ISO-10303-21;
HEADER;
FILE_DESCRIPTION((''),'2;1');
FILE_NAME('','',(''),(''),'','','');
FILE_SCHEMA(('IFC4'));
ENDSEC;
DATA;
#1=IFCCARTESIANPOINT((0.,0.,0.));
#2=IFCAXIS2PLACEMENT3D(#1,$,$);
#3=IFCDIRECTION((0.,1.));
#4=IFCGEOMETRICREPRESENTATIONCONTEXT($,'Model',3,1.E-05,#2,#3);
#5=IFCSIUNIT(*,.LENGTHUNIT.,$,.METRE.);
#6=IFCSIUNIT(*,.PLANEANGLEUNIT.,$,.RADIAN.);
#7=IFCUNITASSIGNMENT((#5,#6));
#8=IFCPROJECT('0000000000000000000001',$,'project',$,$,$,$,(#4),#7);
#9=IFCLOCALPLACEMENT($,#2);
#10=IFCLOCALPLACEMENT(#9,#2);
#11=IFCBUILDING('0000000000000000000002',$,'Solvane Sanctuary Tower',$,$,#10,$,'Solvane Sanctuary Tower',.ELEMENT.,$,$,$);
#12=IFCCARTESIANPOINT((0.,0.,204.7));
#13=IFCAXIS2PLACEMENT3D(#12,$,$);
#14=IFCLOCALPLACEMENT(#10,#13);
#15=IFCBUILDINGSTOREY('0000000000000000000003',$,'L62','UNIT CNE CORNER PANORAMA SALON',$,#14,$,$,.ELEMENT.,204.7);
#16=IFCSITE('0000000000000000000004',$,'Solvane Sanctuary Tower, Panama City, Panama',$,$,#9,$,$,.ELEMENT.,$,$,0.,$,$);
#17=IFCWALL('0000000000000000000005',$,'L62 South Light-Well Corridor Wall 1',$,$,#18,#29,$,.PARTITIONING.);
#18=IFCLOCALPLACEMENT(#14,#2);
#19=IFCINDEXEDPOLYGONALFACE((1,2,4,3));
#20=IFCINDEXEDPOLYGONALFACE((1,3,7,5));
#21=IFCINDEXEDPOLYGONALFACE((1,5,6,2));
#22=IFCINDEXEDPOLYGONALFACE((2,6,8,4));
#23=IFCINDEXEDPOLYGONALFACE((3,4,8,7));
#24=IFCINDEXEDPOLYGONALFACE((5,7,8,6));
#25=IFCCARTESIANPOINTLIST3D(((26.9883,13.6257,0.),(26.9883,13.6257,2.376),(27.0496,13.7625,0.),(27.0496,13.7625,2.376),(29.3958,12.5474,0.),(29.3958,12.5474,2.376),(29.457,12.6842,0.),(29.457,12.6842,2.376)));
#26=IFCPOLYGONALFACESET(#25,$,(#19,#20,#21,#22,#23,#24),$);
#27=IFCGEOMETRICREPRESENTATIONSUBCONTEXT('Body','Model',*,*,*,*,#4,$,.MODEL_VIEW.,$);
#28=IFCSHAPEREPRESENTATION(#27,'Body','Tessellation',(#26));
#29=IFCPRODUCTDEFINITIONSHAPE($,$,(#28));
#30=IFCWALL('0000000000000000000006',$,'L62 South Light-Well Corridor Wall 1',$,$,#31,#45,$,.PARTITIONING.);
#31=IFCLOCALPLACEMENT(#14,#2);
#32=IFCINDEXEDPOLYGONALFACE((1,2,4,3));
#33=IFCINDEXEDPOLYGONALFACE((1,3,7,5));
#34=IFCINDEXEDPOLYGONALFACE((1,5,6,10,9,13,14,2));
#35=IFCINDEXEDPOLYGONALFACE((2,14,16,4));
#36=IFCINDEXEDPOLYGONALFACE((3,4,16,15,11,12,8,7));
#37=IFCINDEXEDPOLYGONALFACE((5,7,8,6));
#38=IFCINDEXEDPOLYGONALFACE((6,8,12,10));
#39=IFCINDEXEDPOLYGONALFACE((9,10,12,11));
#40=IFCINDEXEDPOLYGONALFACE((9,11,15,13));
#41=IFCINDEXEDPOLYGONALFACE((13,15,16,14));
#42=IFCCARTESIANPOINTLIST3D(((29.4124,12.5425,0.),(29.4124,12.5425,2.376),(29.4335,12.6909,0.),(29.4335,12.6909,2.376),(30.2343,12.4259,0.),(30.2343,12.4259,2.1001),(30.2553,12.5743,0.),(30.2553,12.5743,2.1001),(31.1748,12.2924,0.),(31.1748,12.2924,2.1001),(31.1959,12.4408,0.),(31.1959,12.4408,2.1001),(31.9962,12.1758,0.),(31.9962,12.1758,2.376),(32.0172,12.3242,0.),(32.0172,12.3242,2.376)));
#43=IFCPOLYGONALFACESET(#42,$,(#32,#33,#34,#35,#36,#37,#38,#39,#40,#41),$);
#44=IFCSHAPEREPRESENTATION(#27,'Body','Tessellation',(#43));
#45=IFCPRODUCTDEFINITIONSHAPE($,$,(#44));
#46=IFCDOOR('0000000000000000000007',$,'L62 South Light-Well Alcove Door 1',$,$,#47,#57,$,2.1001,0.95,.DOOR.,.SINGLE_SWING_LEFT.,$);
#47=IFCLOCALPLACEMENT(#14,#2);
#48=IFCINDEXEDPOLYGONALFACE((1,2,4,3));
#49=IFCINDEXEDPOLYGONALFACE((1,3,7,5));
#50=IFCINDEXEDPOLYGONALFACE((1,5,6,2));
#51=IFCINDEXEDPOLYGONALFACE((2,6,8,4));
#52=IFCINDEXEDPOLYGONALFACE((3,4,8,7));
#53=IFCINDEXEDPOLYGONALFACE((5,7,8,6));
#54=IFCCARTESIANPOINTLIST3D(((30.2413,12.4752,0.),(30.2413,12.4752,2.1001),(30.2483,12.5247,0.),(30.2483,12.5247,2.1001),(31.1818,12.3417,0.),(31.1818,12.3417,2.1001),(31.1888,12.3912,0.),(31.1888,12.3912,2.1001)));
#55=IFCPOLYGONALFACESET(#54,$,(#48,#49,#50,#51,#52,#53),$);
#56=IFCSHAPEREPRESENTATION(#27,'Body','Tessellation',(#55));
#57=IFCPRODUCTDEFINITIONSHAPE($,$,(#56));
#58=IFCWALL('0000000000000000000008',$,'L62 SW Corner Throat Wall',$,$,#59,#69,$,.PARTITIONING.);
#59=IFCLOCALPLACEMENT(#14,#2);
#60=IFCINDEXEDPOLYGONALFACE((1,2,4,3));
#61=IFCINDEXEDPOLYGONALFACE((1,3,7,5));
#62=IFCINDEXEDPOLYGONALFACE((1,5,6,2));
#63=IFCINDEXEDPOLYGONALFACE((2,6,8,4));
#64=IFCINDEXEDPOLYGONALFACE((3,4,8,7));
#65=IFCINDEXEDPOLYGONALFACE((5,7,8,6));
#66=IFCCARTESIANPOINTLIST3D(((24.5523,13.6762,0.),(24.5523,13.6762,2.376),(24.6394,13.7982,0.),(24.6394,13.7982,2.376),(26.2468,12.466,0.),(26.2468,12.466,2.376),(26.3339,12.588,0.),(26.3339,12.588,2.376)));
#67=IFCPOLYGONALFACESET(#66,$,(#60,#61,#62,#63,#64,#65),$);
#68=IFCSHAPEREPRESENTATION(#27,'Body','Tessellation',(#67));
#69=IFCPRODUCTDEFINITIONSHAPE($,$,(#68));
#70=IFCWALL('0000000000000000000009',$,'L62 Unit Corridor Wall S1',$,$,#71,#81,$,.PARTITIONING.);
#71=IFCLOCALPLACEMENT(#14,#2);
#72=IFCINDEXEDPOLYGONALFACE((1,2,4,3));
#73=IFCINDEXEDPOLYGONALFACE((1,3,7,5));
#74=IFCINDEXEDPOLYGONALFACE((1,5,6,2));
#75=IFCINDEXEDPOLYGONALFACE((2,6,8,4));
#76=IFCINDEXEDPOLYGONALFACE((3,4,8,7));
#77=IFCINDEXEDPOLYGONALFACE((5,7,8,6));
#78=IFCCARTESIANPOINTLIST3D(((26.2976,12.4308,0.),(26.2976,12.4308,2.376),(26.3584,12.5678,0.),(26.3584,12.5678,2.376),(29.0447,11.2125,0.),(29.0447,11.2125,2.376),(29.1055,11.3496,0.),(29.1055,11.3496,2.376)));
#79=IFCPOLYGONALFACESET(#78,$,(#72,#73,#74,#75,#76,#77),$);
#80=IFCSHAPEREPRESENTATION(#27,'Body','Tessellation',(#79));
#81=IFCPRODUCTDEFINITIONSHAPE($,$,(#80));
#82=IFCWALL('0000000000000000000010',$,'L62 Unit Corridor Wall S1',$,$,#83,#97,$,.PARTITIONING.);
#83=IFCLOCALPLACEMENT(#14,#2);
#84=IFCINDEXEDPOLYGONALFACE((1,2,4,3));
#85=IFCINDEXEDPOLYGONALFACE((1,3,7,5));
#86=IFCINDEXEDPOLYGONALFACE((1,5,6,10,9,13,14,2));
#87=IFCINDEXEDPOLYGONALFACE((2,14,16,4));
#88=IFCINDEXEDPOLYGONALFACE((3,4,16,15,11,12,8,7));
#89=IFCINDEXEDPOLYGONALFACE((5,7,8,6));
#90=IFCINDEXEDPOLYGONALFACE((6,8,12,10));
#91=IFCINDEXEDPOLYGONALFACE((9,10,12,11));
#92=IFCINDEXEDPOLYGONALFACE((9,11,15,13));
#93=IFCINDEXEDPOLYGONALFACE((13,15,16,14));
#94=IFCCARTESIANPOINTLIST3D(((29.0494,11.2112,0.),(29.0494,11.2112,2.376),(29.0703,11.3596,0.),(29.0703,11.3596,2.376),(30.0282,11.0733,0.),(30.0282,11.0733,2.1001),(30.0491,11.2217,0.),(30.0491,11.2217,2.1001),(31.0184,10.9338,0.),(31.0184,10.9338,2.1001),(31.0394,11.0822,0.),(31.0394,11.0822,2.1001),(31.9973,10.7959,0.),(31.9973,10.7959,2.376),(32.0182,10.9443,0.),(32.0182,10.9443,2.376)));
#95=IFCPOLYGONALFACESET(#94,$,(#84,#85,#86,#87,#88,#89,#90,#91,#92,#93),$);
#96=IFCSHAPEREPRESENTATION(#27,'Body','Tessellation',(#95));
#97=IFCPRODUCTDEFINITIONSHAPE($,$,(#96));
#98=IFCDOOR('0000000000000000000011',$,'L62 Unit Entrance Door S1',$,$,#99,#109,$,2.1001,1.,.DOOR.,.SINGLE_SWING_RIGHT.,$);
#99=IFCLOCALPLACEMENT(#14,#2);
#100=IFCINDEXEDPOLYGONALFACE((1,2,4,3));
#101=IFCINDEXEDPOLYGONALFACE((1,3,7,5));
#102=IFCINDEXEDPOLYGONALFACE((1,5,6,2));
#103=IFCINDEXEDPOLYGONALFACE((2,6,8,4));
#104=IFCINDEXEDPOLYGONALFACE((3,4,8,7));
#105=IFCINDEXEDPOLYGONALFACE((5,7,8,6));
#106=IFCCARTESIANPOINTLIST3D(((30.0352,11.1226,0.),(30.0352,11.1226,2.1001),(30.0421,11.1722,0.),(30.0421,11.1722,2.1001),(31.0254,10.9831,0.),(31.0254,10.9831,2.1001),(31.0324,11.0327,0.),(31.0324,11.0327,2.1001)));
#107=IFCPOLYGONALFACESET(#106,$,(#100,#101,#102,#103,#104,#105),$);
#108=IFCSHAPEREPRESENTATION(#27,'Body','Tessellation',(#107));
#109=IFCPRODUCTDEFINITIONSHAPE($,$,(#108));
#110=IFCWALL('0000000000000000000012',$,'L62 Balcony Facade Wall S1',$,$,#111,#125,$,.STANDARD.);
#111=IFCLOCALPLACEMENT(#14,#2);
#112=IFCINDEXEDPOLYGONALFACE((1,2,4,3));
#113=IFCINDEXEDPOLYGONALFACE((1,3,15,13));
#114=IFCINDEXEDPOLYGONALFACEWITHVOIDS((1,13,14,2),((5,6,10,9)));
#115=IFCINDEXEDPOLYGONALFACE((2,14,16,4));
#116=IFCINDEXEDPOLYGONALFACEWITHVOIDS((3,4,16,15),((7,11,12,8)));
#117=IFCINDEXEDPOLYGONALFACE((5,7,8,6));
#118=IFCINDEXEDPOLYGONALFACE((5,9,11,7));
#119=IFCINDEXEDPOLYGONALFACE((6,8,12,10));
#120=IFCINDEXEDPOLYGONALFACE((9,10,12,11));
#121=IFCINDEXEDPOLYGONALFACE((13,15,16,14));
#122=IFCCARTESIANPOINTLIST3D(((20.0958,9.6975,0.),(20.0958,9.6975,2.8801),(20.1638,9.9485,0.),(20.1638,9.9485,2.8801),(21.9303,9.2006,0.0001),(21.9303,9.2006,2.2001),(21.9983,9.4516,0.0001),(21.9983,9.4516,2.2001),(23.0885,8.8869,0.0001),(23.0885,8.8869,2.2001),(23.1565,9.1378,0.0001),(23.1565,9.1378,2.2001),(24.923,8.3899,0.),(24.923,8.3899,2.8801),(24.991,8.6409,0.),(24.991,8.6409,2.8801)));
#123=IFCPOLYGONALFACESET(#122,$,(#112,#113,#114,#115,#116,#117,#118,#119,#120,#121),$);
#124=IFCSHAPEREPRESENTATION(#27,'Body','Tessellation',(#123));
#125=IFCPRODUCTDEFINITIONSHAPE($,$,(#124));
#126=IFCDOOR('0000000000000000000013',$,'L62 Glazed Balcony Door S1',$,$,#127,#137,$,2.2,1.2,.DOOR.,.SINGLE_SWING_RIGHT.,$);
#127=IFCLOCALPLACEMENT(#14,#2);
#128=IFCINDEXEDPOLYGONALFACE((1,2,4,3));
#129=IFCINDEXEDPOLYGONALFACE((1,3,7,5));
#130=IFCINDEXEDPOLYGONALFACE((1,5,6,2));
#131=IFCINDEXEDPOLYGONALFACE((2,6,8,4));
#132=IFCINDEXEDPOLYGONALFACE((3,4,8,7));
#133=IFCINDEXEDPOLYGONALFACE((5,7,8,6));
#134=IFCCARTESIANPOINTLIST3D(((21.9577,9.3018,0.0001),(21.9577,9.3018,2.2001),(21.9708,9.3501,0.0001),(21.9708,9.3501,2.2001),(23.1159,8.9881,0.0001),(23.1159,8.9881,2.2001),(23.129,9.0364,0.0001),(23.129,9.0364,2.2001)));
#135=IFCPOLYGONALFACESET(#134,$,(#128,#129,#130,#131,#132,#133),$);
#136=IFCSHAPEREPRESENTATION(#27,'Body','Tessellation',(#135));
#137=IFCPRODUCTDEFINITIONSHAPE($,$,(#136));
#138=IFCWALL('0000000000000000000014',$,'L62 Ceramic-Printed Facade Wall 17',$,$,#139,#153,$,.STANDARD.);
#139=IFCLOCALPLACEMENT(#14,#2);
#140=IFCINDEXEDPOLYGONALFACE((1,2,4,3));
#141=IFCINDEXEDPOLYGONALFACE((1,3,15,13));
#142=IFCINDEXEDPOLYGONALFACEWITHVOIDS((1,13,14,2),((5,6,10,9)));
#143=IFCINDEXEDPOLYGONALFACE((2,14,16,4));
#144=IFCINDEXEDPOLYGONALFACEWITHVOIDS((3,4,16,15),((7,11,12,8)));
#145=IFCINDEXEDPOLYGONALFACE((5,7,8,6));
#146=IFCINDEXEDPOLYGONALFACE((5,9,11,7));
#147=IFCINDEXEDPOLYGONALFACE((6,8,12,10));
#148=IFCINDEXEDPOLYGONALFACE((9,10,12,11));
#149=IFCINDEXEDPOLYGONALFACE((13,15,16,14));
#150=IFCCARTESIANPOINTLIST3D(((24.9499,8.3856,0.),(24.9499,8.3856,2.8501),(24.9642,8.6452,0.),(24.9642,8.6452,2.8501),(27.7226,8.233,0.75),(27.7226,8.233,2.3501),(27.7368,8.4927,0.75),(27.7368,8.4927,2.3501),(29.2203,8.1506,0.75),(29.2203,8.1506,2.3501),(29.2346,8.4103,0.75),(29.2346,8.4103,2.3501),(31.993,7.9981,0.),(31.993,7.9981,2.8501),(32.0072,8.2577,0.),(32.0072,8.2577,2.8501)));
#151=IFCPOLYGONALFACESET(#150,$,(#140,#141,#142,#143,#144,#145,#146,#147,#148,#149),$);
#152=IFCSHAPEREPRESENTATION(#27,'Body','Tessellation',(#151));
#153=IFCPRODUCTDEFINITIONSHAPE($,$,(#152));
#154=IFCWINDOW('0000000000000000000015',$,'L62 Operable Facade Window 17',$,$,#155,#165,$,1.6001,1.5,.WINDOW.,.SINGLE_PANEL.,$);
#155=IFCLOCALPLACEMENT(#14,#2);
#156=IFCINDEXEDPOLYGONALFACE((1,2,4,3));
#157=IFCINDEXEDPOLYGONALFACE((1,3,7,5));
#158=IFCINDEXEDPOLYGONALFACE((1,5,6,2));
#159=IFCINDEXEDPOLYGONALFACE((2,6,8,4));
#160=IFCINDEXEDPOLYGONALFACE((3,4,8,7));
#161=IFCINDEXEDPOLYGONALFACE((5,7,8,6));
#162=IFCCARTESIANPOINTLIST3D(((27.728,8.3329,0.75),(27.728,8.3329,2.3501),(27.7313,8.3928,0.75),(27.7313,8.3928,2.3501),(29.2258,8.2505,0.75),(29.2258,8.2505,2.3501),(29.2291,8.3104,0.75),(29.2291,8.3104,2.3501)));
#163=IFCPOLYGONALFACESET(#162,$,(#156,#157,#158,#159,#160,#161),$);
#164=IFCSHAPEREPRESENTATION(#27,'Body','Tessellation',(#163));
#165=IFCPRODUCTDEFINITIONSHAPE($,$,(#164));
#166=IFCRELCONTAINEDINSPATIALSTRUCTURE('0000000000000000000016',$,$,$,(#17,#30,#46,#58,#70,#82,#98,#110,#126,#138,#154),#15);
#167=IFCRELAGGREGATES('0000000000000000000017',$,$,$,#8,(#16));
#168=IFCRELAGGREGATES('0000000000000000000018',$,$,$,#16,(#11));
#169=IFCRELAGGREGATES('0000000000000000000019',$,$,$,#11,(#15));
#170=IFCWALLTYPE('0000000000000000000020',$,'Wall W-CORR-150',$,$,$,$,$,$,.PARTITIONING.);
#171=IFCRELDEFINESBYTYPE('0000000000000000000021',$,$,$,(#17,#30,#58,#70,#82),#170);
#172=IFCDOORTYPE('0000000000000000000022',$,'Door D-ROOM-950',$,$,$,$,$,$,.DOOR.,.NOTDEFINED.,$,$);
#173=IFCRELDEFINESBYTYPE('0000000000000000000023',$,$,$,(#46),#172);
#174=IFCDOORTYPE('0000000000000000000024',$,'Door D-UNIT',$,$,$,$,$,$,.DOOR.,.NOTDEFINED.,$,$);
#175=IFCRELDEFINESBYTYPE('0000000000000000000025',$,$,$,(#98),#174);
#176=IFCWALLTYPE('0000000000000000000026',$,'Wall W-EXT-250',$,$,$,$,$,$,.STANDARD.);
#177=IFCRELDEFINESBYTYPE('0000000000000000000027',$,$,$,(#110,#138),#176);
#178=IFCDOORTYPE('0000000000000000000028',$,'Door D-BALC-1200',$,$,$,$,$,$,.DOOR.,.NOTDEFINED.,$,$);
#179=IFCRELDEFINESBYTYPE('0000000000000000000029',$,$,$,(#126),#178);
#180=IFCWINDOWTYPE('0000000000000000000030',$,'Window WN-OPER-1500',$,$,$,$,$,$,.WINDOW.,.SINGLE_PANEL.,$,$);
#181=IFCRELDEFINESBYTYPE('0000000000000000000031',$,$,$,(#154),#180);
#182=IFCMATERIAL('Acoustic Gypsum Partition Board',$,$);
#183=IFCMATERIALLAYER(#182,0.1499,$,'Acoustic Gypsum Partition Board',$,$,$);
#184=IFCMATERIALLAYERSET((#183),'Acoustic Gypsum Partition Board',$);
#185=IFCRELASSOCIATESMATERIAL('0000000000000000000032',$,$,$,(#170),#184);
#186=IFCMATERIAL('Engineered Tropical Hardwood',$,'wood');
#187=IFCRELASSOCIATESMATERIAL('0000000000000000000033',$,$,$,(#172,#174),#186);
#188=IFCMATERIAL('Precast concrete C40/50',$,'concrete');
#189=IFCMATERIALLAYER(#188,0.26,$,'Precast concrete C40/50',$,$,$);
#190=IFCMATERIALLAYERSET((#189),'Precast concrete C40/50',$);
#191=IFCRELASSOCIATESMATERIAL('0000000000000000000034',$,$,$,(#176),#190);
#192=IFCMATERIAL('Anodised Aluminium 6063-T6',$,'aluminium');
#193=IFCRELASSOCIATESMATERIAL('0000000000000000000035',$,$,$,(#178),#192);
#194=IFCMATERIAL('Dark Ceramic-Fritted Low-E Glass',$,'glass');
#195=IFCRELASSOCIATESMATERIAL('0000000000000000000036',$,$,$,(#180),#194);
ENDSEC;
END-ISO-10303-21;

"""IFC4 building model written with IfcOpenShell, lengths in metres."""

from ifc_helpers import new_model, si_unit, direction, frame, frame_2d, origin, place, context, subcontext, project, spatial, rectangle, extrude, material, layer, layer_set, type_object, element, fill, save


model = new_model("IFC4")

# Units and contexts
model_context = context("Model", 3, precision=1e-05, world=origin(), true_north=direction((0.0, 1.0)))
body_context = subcontext(model_context, "Body", "Model", "MODEL_VIEW")
ifc_project = project(units=[si_unit("LENGTHUNIT", "METRE"), si_unit("PLANEANGLEUNIT", "RADIAN")], contexts=[model_context])

# Site, building, storey
site_placement = place(None, origin())
site = spatial("IfcSite", under=ifc_project, at=site_placement, Name="Solvane Sanctuary Tower, Panama City, Panama", CompositionType="ELEMENT", RefElevation=0.0)
building_placement = place(site_placement, origin())
building = spatial("IfcBuilding", under=site, at=building_placement, Name="Solvane Sanctuary Tower", LongName="Solvane Sanctuary Tower", CompositionType="ELEMENT")
storey_placement = place(building_placement, frame((0.0, 0.0, 204.7)))
storey = spatial("IfcBuildingStorey", under=building, at=storey_placement, Name="L62", Description="UNIT CNE CORNER PANORAMA SALON", CompositionType="ELEMENT", Elevation=204.7)

# Wall
ifc_material_1 = material(Name="Acoustic Gypsum Partition Board")
ifc_layer_1 = layer(ifc_material_1, 0.1499, Name="Acoustic Gypsum Partition Board")
ifc_layer_set_1 = layer_set([ifc_layer_1], Name="Acoustic Gypsum Partition Board")
wall_type_1 = type_object("IfcWallType", Name="Wall W-CORR-150", PredefinedType="PARTITIONING", material=ifc_layer_set_1)
wall_1_placement = place(storey_placement, frame((27.019, 13.6941, 0.0), z_axis=(0.0, 0.0, 1.0), x_axis=(0.912628, -0.40879, 0.0)))
element("IfcWall", 1, at=wall_1_placement, inside=storey, type_object=wall_type_1, Name="L62 South Light-Well Corridor Wall 1", PredefinedType="PARTITIONING", context=body_context, shape_type="SweptSolid", body=[
    extrude(rectangle(XDim=2.6379, YDim=0.1499, at=frame_2d((1.3188, 0.0))), origin(), (0.0, 0.0, 1.0), 2.376),
])

# Wall, opening, door
wall_2_placement = place(storey_placement, frame((29.4231, 12.6167, 0.0), z_axis=(0.0, 0.0, 1.0), x_axis=(0.990078, -0.140518, 0.0)))
wall_2 = element("IfcWall", 2, at=wall_2_placement, inside=storey, type_object=wall_type_1, Name="L62 South Light-Well Corridor Wall 1", PredefinedType="PARTITIONING", context=body_context, shape_type="SweptSolid", body=[
    extrude(rectangle(XDim=2.6096, YDim=0.1499, at=frame_2d((1.3047, 0.0))), origin(), (0.0, 0.0, 1.0), 2.376),
])
opening_1_placement = place(wall_2_placement, frame((0.8298, 0.0, 0.0)))
opening_1 = element("IfcOpeningElement", 3, at=opening_1_placement, cuts=wall_2, PredefinedType="OPENING", context=body_context, shape_type="SweptSolid", body=[
    extrude(rectangle(XDim=0.95, YDim=2.1001, at=frame_2d((0.4751, 1.05))), frame((0.0, 0.085, 0.0), z_axis=(0.0, -1.0, 0.0), x_axis=(1.0, 0.0, 0.0)), (0.0, 0.0, 1.0), 0.1699),
])
ifc_material_2 = material(Name="Engineered Tropical Hardwood", Category="wood")
door_type_1 = type_object("IfcDoorType", Name="Door D-ROOM-950", OperationType="NOTDEFINED", PredefinedType="DOOR", material=ifc_material_2)
door_1_placement = place(opening_1_placement, origin())
door_1 = element("IfcDoor", 4, at=door_1_placement, inside=storey, type_object=door_type_1, Name="L62 South Light-Well Alcove Door 1", OperationType="SINGLE_SWING_LEFT", OverallHeight=2.1001, OverallWidth=0.95, PredefinedType="DOOR", context=body_context, shape_type="SweptSolid", body=[
    extrude(rectangle(XDim=0.95, YDim=2.1001, at=frame_2d((0.4751, 1.05))), frame((0.0, 0.0249, 0.0), z_axis=(0.0, -1.0, 0.0), x_axis=(1.0, 0.0, 0.0)), (0.0, 0.0, 1.0), 0.05),
])
fill(opening_1, door_1)

# Walls
wall_3_placement = place(storey_placement, frame((26.2903, 12.5271, 0.0), z_axis=(0.0, 0.0, 1.0), x_axis=(-0.813781, 0.581172, 0.0)))
element("IfcWall", 5, at=wall_3_placement, inside=storey, type_object=wall_type_1, Name="L62 SW Corner Throat Wall", PredefinedType="PARTITIONING", context=body_context, shape_type="SweptSolid", body=[
    extrude(rectangle(XDim=2.0823, YDim=0.1499, at=frame_2d((1.041, 0.0))), origin(), (0.0, 0.0, 1.0), 2.376),
])
wall_4_placement = place(storey_placement, frame((26.3281, 12.4993, 0.0), z_axis=(0.0, 0.0, 1.0), x_axis=(0.91414, -0.4054, 0.0)))
element("IfcWall", 6, at=wall_4_placement, inside=storey, type_object=wall_type_1, Name="L62 Unit Corridor Wall S1", PredefinedType="PARTITIONING", context=body_context, shape_type="SweptSolid", body=[
    extrude(rectangle(XDim=3.0051, YDim=0.1499, at=frame_2d((1.5024, 0.0))), origin(), (0.0, 0.0, 1.0), 2.376),
])

# Walls, openings, doors
wall_5_placement = place(storey_placement, frame((29.0598, 11.2854, 0.0), z_axis=(0.0, 0.0, 1.0), x_axis=(0.990223, -0.139492, 0.0)))
wall_5 = element("IfcWall", 7, at=wall_5_placement, inside=storey, type_object=wall_type_1, Name="L62 Unit Corridor Wall S1", PredefinedType="PARTITIONING", context=body_context, shape_type="SweptSolid", body=[
    extrude(rectangle(XDim=2.9771, YDim=0.1499, at=frame_2d((1.4885, 0.0))), origin(), (0.0, 0.0, 1.0), 2.376),
])
opening_2_placement = place(wall_5_placement, frame((0.9885, 0.0, 0.0)))
opening_2 = element("IfcOpeningElement", 8, at=opening_2_placement, cuts=wall_5, PredefinedType="OPENING", context=body_context, shape_type="SweptSolid", body=[
    extrude(rectangle(XDim=1.0, YDim=2.1001, at=frame_2d((0.5, 1.05))), frame((0.0, 0.085, 0.0), z_axis=(0.0, -1.0, 0.0), x_axis=(1.0, 0.0, 0.0)), (0.0, 0.0, 1.0), 0.1699),
])
door_type_2 = type_object("IfcDoorType", Name="Door D-UNIT", OperationType="NOTDEFINED", PredefinedType="DOOR", material=ifc_material_2)
door_2_placement = place(opening_2_placement, origin())
door_2 = element("IfcDoor", 9, at=door_2_placement, inside=storey, type_object=door_type_2, Name="L62 Unit Entrance Door S1", OperationType="SINGLE_SWING_RIGHT", OverallHeight=2.1001, OverallWidth=1.0, PredefinedType="DOOR", context=body_context, shape_type="SweptSolid", body=[
    extrude(rectangle(XDim=1.0, YDim=2.1001, at=frame_2d((0.5, 1.05))), frame((0.0, 0.0249, 0.0), z_axis=(0.0, -1.0, 0.0), x_axis=(1.0, 0.0, 0.0)), (0.0, 0.0, 1.0), 0.05),
])
fill(opening_2, door_2)
ifc_material_3 = material(Name="Precast concrete C40/50", Category="concrete")
ifc_layer_2 = layer(ifc_material_3, 0.26, Name="Precast concrete C40/50")
ifc_layer_set_2 = layer_set([ifc_layer_2], Name="Precast concrete C40/50")
wall_type_2 = type_object("IfcWallType", Name="Wall W-EXT-250", PredefinedType="STANDARD", material=ifc_layer_set_2)
wall_6_placement = place(storey_placement, frame((20.1299, 9.823, 0.0), z_axis=(0.0, 0.0, 1.0), x_axis=(0.965213, -0.261465, 0.0)))
wall_6 = element("IfcWall", 10, at=wall_6_placement, inside=storey, type_object=wall_type_2, Name="L62 Balcony Facade Wall S1", PredefinedType="STANDARD", context=body_context, shape_type="SweptSolid", body=[
    extrude(rectangle(XDim=5.0012, YDim=0.26, at=frame_2d((2.5005, 0.0))), origin(), (0.0, 0.0, 1.0), 2.8801),
])
opening_3_placement = place(wall_6_placement, frame((1.9004, 0.0, 0.0)))
opening_3 = element("IfcOpeningElement", 11, at=opening_3_placement, cuts=wall_6, PredefinedType="OPENING", context=body_context, shape_type="SweptSolid", body=[
    extrude(rectangle(XDim=1.2, YDim=2.2, at=frame_2d((0.6001, 1.1001))), frame((0.0, 0.1399, 0.0), z_axis=(0.0, -1.0, 0.0), x_axis=(1.0, 0.0, 0.0)), (0.0, 0.0, 1.0), 0.28),
])
ifc_material_4 = material(Name="Anodised Aluminium 6063-T6", Category="aluminium")
door_type_3 = type_object("IfcDoorType", Name="Door D-BALC-1200", OperationType="NOTDEFINED", PredefinedType="DOOR", material=ifc_material_4)
door_3_placement = place(opening_3_placement, origin())
door_3 = element("IfcDoor", 12, at=door_3_placement, inside=storey, type_object=door_type_3, Name="L62 Glazed Balcony Door S1", OperationType="SINGLE_SWING_RIGHT", OverallHeight=2.2, OverallWidth=1.2, PredefinedType="DOOR", context=body_context, shape_type="SweptSolid", body=[
    extrude(rectangle(XDim=1.2, YDim=2.2, at=frame_2d((0.6001, 1.1001))), frame((0.0, 0.0249, 0.0), z_axis=(0.0, -1.0, 0.0), x_axis=(1.0, 0.0, 0.0)), (0.0, 0.0, 1.0), 0.05),
])
fill(opening_3, door_3)

# Wall, opening, window
wall_7_placement = place(storey_placement, frame((24.957, 8.5154, 0.0), z_axis=(0.0, 0.0, 1.0), x_axis=(0.99849, -0.054929, 0.0)))
wall_7 = element("IfcWall", 13, at=wall_7_placement, inside=storey, type_object=wall_type_2, Name="L62 Ceramic-Printed Facade Wall 17", PredefinedType="STANDARD", context=body_context, shape_type="SweptSolid", body=[
    extrude(rectangle(XDim=7.0537, YDim=0.26, at=frame_2d((3.5269, 0.0))), origin(), (0.0, 0.0, 1.0), 2.8501),
])
opening_4_placement = place(wall_7_placement, frame((2.7769, 0.0, 0.75)))
opening_4 = element("IfcOpeningElement", 14, at=opening_4_placement, cuts=wall_7, PredefinedType="OPENING", context=body_context, shape_type="SweptSolid", body=[
    extrude(rectangle(XDim=1.5, YDim=1.6001, at=frame_2d((0.75, 0.8))), frame((0.0, 0.1399, 0.0), z_axis=(0.0, -1.0, 0.0), x_axis=(1.0, 0.0, 0.0)), (0.0, 0.0, 1.0), 0.28),
])
ifc_material_5 = material(Name="Dark Ceramic-Fritted Low-E Glass", Category="glass")
window_type = type_object("IfcWindowType", Name="Window WN-OPER-1500", PartitioningType="SINGLE_PANEL", PredefinedType="WINDOW", material=ifc_material_5)
window_placement = place(opening_4_placement, origin())
window = element("IfcWindow", 15, at=window_placement, inside=storey, type_object=window_type, Name="L62 Operable Facade Window 17", OverallHeight=1.6001, OverallWidth=1.5, PartitioningType="SINGLE_PANEL", PredefinedType="WINDOW", context=body_context, shape_type="SweptSolid", body=[
    extrude(rectangle(XDim=1.5, YDim=1.6001, at=frame_2d((0.75, 0.8))), frame((0.0, 0.03, 0.0), z_axis=(0.0, -1.0, 0.0), x_axis=(1.0, 0.0, 0.0)), (0.0, 0.0, 1.0), 0.0601),
])
fill(opening_4, window)

save(model, "model.ifc")
